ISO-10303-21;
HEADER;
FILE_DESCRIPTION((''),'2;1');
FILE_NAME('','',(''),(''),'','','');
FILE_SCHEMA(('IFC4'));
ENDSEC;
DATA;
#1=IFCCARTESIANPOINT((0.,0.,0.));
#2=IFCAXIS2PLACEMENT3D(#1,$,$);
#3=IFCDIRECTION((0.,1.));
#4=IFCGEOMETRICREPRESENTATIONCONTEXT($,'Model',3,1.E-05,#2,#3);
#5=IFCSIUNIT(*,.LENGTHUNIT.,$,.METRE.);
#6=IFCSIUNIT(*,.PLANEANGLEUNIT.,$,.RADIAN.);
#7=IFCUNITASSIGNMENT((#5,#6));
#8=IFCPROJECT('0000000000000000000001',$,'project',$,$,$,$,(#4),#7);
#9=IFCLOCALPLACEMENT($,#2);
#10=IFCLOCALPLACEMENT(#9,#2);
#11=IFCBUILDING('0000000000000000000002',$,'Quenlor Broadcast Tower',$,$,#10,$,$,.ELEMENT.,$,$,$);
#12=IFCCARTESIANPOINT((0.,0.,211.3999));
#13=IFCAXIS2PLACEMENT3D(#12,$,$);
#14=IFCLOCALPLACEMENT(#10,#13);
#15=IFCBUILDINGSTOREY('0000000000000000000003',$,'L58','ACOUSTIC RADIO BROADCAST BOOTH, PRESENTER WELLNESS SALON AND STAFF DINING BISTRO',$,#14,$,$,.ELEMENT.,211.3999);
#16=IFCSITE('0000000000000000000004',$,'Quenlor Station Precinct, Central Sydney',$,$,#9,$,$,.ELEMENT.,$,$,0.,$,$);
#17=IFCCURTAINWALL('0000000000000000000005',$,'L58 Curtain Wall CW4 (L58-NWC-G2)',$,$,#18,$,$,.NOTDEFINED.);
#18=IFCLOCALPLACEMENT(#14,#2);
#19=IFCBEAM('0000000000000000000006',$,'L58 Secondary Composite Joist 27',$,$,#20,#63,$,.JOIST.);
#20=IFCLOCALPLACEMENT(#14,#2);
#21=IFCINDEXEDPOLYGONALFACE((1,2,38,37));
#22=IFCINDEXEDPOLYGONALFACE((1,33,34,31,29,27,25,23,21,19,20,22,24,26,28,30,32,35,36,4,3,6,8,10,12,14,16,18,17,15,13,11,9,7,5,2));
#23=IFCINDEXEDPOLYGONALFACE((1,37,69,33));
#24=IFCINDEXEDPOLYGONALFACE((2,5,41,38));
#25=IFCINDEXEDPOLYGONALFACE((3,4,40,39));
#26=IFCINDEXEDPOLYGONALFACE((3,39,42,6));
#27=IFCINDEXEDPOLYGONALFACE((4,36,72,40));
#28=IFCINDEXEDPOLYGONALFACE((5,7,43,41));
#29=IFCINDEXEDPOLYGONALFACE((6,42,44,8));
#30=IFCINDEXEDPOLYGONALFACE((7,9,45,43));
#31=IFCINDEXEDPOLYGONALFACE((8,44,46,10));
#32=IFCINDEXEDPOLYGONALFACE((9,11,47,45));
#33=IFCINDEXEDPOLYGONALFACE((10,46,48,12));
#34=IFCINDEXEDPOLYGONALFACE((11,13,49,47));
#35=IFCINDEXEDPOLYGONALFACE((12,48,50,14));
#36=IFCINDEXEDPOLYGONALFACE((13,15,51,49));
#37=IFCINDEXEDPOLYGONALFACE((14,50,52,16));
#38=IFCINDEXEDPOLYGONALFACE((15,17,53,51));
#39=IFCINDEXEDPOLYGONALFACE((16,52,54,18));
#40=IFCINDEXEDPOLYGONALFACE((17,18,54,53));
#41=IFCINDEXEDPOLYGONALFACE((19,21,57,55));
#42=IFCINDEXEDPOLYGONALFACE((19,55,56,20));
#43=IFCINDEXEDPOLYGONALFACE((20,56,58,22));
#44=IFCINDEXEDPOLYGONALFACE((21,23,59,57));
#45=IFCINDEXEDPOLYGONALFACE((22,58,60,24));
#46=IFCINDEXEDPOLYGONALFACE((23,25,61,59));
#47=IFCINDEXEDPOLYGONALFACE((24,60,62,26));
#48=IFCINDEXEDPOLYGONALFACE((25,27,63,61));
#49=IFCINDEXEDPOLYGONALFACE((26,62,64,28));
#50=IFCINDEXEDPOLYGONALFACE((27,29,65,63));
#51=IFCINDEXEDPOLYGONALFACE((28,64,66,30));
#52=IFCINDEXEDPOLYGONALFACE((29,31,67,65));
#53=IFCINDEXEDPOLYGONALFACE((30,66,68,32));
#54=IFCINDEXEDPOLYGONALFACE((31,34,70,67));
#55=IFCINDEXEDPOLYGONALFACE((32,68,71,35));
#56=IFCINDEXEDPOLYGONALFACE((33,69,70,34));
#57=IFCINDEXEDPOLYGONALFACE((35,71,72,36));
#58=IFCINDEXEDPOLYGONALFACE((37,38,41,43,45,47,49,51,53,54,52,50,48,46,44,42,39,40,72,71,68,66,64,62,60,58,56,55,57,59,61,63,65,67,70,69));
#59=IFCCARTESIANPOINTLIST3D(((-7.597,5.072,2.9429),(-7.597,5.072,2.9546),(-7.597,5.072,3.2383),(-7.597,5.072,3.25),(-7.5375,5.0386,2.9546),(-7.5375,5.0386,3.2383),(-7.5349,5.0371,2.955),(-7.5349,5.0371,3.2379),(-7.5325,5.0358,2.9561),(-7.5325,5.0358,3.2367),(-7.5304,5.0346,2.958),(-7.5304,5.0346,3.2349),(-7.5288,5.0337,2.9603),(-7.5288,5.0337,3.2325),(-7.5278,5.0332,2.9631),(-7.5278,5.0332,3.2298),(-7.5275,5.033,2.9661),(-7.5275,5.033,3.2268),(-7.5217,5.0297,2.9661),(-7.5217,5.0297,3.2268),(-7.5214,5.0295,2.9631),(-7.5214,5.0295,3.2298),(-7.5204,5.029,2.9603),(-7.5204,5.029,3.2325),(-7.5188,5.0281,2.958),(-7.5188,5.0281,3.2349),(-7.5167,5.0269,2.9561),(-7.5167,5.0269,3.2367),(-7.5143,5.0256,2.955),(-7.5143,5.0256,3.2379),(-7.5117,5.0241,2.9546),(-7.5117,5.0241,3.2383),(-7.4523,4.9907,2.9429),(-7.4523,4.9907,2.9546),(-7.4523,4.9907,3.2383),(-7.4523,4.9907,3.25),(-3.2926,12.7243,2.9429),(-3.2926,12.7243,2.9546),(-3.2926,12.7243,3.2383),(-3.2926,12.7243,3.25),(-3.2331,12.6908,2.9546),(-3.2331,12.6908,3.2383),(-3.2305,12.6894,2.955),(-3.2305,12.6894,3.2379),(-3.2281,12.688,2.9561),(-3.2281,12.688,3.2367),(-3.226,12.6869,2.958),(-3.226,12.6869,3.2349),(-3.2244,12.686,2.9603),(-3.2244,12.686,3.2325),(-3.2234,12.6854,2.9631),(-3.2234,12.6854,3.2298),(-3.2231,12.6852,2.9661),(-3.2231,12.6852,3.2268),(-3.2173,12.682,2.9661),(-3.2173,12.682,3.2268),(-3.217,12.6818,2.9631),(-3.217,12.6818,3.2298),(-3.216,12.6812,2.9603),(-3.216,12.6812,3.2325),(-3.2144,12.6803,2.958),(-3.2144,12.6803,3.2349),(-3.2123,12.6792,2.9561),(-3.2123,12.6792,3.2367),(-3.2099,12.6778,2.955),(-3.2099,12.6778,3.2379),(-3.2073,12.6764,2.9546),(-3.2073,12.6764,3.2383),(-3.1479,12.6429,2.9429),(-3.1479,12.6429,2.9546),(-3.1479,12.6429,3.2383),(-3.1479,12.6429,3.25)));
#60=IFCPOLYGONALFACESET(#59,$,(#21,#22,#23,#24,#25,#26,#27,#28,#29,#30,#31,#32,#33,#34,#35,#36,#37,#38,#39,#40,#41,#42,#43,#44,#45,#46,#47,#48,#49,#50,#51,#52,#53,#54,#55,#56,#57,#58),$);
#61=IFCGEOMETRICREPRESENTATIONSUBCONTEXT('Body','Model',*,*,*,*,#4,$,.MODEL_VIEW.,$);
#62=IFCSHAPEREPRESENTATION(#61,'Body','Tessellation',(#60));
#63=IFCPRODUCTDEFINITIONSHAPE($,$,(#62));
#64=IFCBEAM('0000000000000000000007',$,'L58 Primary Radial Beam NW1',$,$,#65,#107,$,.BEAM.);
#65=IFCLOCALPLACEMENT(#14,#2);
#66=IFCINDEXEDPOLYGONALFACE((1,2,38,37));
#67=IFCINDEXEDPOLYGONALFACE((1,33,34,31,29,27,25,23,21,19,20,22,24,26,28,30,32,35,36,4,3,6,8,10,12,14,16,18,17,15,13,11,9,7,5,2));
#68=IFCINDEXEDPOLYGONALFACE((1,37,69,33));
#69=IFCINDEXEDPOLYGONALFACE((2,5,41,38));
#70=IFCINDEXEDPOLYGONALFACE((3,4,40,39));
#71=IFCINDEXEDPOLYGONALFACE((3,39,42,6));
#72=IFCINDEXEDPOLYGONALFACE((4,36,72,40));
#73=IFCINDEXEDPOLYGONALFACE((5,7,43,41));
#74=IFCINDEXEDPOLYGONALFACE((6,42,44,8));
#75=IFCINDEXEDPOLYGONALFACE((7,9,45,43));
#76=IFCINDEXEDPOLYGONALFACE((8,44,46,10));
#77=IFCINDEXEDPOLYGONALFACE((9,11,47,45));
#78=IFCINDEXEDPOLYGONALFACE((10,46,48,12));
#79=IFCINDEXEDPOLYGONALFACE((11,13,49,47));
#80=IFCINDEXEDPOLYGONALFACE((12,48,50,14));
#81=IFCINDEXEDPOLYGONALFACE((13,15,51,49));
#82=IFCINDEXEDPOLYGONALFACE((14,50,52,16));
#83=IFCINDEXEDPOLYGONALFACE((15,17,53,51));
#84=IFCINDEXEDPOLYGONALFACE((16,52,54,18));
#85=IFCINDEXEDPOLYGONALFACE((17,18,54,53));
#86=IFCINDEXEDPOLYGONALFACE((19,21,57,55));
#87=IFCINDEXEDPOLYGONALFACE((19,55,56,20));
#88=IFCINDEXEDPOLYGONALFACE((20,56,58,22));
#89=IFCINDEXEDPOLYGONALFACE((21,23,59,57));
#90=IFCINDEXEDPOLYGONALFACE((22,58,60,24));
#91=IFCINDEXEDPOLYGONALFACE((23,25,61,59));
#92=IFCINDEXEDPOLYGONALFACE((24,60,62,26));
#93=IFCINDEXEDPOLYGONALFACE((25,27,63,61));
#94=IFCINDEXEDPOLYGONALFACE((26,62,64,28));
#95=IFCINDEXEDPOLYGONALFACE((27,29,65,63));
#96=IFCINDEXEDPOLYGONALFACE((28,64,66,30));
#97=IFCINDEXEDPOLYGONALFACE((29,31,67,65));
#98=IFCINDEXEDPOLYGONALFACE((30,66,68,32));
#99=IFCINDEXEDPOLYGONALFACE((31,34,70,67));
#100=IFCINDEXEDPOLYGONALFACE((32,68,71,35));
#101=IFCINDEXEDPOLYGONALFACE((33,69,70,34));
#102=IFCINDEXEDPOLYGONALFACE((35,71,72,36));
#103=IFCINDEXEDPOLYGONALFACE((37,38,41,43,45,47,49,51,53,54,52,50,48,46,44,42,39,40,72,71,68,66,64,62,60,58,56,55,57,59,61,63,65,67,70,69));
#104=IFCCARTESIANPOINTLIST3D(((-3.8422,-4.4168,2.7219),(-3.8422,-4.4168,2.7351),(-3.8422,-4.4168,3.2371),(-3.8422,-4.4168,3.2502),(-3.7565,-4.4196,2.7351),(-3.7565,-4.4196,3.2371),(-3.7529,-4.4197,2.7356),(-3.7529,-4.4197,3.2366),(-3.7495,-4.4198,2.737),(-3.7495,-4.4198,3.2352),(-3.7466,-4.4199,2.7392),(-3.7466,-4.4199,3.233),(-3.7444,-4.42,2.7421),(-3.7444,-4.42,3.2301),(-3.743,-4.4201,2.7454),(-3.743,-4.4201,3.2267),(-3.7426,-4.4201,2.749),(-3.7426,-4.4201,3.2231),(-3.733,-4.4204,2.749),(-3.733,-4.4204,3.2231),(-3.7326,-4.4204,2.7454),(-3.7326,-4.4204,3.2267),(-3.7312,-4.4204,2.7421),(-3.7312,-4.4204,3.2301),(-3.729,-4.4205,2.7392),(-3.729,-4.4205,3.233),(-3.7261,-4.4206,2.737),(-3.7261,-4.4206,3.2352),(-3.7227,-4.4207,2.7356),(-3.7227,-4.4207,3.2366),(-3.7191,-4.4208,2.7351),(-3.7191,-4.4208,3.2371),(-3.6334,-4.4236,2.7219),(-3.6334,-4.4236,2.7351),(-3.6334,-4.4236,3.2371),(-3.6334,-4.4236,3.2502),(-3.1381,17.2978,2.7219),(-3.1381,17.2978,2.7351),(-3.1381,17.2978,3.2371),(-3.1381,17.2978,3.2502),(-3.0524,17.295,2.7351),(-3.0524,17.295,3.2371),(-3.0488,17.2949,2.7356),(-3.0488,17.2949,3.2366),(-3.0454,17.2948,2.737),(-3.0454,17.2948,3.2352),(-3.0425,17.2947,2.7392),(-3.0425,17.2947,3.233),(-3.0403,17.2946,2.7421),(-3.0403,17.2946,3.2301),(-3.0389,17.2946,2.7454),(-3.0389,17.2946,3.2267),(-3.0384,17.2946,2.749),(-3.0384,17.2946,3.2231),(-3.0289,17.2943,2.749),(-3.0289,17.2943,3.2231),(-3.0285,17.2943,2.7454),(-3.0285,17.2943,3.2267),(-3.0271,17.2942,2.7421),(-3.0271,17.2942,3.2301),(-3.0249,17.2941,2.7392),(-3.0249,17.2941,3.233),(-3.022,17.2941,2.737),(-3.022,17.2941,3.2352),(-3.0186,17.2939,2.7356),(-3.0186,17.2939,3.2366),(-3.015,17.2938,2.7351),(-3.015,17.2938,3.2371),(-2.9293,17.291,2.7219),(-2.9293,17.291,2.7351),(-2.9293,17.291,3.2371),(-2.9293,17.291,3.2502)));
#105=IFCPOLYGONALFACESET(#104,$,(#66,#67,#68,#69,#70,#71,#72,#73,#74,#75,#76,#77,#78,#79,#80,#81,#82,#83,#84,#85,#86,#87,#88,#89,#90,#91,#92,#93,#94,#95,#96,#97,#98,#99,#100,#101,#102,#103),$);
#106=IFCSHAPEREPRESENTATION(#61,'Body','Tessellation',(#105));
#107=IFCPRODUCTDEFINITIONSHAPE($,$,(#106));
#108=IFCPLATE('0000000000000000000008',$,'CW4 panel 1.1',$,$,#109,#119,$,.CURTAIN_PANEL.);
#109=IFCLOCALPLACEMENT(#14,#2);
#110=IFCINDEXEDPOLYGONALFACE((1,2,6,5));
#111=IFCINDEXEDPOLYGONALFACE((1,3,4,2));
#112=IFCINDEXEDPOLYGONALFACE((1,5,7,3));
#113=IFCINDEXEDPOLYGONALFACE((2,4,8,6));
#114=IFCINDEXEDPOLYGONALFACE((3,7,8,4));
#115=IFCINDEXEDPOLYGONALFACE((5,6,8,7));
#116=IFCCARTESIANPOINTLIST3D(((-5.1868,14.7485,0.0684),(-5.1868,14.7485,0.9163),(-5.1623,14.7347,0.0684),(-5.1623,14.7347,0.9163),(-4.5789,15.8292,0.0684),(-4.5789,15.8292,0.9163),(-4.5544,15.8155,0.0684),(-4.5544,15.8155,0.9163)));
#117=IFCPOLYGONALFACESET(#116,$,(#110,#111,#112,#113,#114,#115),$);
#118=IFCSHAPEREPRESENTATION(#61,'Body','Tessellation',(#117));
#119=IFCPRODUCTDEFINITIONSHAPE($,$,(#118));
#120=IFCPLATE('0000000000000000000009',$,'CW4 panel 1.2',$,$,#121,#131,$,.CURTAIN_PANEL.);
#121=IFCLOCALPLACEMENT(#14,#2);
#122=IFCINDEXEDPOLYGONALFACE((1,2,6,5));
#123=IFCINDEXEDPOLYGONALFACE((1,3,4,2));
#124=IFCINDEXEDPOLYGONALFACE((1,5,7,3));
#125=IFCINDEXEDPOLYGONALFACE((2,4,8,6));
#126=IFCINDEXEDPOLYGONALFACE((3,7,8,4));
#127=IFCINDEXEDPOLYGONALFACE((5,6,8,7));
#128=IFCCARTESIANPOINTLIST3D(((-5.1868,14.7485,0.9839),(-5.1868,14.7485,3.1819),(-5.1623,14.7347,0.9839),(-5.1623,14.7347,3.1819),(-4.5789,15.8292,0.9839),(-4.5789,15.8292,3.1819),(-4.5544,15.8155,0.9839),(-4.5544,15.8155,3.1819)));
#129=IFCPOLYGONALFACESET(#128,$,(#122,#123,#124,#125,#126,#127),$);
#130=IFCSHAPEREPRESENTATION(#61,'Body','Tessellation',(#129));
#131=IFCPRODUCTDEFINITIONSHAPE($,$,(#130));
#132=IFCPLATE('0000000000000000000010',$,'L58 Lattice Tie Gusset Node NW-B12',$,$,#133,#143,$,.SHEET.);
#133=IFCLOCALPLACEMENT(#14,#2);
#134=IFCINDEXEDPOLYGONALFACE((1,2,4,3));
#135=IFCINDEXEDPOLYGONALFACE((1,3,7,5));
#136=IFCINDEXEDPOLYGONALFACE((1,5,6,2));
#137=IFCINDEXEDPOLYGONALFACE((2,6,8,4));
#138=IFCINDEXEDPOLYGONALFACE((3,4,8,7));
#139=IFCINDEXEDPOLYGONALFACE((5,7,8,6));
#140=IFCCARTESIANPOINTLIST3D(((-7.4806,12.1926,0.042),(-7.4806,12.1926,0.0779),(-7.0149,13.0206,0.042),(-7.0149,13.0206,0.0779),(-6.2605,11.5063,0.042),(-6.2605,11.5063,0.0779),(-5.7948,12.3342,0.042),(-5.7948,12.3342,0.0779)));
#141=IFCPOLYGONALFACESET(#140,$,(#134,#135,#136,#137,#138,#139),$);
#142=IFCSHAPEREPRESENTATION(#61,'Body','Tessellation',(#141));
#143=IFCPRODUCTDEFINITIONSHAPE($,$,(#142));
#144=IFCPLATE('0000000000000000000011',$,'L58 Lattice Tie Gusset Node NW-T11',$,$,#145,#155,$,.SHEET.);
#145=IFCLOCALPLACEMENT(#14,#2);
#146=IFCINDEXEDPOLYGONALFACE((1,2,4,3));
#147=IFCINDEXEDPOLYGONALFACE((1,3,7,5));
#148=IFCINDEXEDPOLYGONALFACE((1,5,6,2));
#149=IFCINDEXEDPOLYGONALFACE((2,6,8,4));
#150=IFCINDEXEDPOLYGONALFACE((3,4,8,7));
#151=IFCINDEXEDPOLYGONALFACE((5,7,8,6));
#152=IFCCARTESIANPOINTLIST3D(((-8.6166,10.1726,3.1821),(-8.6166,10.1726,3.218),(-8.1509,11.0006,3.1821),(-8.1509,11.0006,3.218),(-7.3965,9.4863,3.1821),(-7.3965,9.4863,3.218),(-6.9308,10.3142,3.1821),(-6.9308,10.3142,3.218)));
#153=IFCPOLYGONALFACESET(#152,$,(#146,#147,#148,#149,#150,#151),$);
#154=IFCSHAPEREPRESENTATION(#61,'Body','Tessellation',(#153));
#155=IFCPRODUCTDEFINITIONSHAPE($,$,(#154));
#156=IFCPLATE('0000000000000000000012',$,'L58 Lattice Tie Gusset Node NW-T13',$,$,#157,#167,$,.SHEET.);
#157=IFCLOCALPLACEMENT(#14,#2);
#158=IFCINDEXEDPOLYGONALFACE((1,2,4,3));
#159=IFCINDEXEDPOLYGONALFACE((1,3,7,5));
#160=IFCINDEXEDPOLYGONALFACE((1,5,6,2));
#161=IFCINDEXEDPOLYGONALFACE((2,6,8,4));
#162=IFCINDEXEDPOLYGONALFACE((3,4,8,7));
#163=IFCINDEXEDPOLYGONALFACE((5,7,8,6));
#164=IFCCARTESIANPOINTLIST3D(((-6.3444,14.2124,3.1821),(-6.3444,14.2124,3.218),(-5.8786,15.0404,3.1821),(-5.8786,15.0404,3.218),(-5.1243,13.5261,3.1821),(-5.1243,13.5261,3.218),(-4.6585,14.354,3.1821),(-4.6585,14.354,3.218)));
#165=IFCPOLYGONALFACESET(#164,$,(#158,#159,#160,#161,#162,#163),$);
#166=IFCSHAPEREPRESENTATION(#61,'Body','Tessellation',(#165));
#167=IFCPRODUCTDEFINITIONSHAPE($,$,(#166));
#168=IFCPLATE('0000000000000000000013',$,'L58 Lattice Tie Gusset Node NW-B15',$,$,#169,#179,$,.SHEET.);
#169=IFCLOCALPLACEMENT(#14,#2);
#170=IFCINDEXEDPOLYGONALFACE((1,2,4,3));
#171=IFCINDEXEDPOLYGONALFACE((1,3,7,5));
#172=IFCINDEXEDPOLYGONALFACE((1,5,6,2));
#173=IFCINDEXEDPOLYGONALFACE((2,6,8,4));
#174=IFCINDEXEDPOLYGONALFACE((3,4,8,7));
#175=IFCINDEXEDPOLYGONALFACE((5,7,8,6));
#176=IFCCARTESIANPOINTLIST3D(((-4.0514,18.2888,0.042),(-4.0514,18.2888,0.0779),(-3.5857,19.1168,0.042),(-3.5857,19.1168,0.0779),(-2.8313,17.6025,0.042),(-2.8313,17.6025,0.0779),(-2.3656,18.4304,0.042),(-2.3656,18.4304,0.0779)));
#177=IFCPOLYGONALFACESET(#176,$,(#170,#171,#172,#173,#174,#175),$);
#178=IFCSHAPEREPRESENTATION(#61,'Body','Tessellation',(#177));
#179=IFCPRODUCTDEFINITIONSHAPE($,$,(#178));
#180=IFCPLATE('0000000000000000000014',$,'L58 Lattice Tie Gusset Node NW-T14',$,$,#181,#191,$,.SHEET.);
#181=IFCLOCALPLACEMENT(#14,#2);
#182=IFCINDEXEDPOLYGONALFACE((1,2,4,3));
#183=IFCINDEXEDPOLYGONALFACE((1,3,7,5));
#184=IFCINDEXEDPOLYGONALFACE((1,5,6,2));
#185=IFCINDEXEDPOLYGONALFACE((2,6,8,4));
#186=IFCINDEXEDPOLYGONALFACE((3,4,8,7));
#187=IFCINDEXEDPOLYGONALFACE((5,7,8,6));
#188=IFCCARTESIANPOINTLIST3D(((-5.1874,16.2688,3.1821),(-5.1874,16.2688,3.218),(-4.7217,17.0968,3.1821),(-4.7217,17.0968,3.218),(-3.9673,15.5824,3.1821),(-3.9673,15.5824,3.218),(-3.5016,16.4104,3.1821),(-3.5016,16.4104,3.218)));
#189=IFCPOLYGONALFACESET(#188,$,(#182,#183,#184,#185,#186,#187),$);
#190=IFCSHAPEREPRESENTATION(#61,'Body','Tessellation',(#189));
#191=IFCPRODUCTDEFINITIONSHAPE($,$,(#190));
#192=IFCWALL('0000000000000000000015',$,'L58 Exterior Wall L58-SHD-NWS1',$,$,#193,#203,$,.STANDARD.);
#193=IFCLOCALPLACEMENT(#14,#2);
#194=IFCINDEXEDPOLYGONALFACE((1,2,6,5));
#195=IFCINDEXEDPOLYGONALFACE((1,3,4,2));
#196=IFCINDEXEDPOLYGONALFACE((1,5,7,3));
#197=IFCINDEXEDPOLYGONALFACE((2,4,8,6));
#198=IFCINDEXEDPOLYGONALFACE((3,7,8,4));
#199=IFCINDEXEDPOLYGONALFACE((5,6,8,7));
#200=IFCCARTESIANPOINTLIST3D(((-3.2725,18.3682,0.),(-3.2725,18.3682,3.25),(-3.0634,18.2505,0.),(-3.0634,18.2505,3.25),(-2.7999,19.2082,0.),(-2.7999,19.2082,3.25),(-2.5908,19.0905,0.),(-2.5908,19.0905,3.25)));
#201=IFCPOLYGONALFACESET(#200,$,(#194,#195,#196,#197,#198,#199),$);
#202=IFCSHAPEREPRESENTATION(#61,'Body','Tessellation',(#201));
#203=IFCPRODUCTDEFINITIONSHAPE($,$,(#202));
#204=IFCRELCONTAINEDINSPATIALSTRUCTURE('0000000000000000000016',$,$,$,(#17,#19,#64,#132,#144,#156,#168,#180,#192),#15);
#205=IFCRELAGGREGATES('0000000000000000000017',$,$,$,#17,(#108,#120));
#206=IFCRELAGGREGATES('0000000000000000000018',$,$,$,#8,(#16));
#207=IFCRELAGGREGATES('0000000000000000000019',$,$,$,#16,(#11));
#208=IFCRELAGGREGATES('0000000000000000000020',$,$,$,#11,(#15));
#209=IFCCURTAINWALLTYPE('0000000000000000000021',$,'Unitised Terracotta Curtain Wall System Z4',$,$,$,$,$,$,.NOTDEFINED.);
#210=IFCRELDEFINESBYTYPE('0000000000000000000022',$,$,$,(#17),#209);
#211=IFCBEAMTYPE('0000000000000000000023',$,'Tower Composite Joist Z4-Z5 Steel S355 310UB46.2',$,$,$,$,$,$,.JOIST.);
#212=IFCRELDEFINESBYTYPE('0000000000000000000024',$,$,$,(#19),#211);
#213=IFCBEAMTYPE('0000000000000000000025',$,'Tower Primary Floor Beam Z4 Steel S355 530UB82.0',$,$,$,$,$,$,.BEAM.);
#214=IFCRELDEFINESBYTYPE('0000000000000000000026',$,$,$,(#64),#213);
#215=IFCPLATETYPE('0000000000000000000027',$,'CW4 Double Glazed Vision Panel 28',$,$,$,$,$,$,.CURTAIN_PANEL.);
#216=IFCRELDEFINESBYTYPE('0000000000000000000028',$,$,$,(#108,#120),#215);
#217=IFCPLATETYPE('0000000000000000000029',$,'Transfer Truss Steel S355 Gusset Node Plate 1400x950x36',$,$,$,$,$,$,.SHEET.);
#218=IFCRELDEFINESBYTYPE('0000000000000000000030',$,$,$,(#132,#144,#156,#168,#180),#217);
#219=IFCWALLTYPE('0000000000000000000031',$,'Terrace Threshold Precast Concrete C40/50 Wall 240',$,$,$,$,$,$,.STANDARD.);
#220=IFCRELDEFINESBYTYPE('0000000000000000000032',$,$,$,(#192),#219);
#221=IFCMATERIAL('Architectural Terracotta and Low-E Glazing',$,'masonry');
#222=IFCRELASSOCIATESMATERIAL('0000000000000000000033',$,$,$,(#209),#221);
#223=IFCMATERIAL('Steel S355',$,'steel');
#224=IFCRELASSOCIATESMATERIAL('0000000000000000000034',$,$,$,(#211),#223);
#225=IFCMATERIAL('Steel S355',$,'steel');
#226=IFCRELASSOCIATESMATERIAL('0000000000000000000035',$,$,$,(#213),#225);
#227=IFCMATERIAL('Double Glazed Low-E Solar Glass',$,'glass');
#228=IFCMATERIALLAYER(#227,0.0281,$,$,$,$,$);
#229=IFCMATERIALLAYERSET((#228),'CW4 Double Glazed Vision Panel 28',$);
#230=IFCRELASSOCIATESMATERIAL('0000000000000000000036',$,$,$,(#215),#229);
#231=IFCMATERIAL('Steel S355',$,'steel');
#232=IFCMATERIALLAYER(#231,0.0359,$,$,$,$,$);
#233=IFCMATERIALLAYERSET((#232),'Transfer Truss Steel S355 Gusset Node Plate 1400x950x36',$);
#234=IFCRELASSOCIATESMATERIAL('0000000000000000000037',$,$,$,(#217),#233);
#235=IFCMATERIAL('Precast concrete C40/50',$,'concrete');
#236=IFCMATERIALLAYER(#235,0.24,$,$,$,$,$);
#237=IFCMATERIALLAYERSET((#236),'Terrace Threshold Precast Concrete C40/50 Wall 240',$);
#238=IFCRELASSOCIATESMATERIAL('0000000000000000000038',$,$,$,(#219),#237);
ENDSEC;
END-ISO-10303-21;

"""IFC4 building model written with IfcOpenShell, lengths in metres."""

from ifc_helpers import new_model, si_unit, direction, frame, frame_2d, origin, origin_2d, place, context, subcontext, project, spatial, rectangle, i_section, extrude, material, layer, layer_set, material_profile, profile_set, type_object, element, aggregate, save


model = new_model("IFC4")

# Units and contexts
model_context = context("Model", 3, precision=1e-05, world=origin(), true_north=direction((0.0, 1.0)))
body_context = subcontext(model_context, "Body", "Model", "MODEL_VIEW")
ifc_project = project(units=[si_unit("LENGTHUNIT", "METRE"), si_unit("PLANEANGLEUNIT", "RADIAN")], contexts=[model_context])

# Site, building, storey
site_placement = place(None, origin())
site = spatial("IfcSite", under=ifc_project, at=site_placement, Name="Quenlor Station Precinct, Central Sydney", CompositionType="ELEMENT", RefElevation=0.0)
building_placement = place(site_placement, origin())
building = spatial("IfcBuilding", under=site, at=building_placement, Name="Quenlor Broadcast Tower", CompositionType="ELEMENT")
storey_placement = place(building_placement, frame((0.0, 0.0, 211.3999)))
storey = spatial("IfcBuildingStorey", under=building, at=storey_placement, Name="L58", Description="ACOUSTIC RADIO BROADCAST BOOTH, PRESENTER WELLNESS SALON AND STAFF DINING BISTRO", CompositionType="ELEMENT", Elevation=211.3999)

# Curtain wall
ifc_material_1 = material(Name="Architectural Terracotta and Low-E Glazing", Category="masonry")
curtain_wall_type = type_object("IfcCurtainWallType", Name="Unitised Terracotta Curtain Wall System Z4", PredefinedType="NOTDEFINED", material=ifc_material_1)
curtain_wall_placement = place(storey_placement, origin())
curtain_wall = element("IfcCurtainWall", 1, at=curtain_wall_placement, inside=storey, type_object=curtain_wall_type, Name="L58 Curtain Wall CW4 (L58-NWC-G2)", PredefinedType="NOTDEFINED")

# Beams
ifc_material_2 = material(Name="Steel S355", Category="steel")
ifc_material_profile_1 = material_profile(ifc_material_2, i_section(OverallWidth=0.166, OverallDepth=0.3071, WebThickness=0.0066, FlangeThickness=0.0117, FilletRadius=0.0115, at=origin_2d()))
ifc_profile_set_1 = profile_set([ifc_material_profile_1], Name="Steel S355 310UB46.2")
beam_type_1 = type_object("IfcBeamType", Name="Tower Composite Joist Z4-Z5 Steel S355 310UB46.2", PredefinedType="JOIST", material=ifc_profile_set_1)
beam_1_placement = place(storey_placement, frame((-3.2202, 12.6836, 3.0964), z_axis=(-0.490261, -0.871576, 0.0), x_axis=(0.871576, -0.490261, 0.0)))
element("IfcBeam", 2, at=beam_1_placement, inside=storey, type_object=beam_type_1, Name="L58 Secondary Composite Joist 27", PredefinedType="JOIST", context=body_context, shape_type="SweptSolid", body=[
    extrude(i_section(OverallWidth=0.166, OverallDepth=0.3071, WebThickness=0.0066, FlangeThickness=0.0117, FilletRadius=0.0115, at=origin_2d()), origin(), (0.0, 0.0, 1.0), 8.7798),
])
ifc_material_3 = material(Name="Steel S355", Category="steel")
ifc_material_profile_2 = material_profile(ifc_material_3, i_section(OverallWidth=0.209, OverallDepth=0.5283, WebThickness=0.0095, FlangeThickness=0.0132, FilletRadius=0.0139, at=origin_2d()))
ifc_profile_set_2 = profile_set([ifc_material_profile_2], Name="Steel S355 530UB82.0")
beam_type_2 = type_object("IfcBeamType", Name="Tower Primary Floor Beam Z4 Steel S355 530UB82.0", PredefinedType="BEAM", material=ifc_profile_set_2)
beam_2_placement = place(storey_placement, frame((-3.0337, 17.2944, 2.9861), z_axis=(-0.032408, -0.999475, 0.0), x_axis=(0.999475, -0.032408, 0.0)))
element("IfcBeam", 3, at=beam_2_placement, inside=storey, type_object=beam_type_2, Name="L58 Primary Radial Beam NW1", PredefinedType="BEAM", context=body_context, shape_type="SweptSolid", body=[
    extrude(i_section(OverallWidth=0.209, OverallDepth=0.5283, WebThickness=0.0095, FlangeThickness=0.0132, FilletRadius=0.0139, at=origin_2d()), origin(), (0.0, 0.0, 1.0), 21.7261),
])

# Plates
ifc_material_4 = material(Name="Double Glazed Low-E Solar Glass", Category="glass")
ifc_layer_1 = layer(ifc_material_4, 0.0281)
ifc_layer_set_1 = layer_set([ifc_layer_1], Name="CW4 Double Glazed Vision Panel 28")
plate_type_1 = type_object("IfcPlateType", Name="CW4 Double Glazed Vision Panel 28", PredefinedType="CURTAIN_PANEL", material=ifc_layer_set_1)
plate_1_placement = place(storey_placement, frame((-4.8706, 15.282, 0.0684), z_axis=(0.0, 0.0, 1.0), x_axis=(0.490289, 0.87156, 0.0)))
plate_1 = element("IfcPlate", 4, at=plate_1_placement, type_object=plate_type_1, Name="CW4 panel 1.1", PredefinedType="CURTAIN_PANEL", context=body_context, shape_type="SweptSolid", body=[
    extrude(rectangle(XDim=1.24, YDim=0.0281, at=origin_2d()), origin(), (0.0, 0.0, 1.0), 0.8479),
])
plate_2_placement = place(storey_placement, frame((-4.8706, 15.282, 0.9839), z_axis=(0.0, 0.0, 1.0), x_axis=(0.490289, 0.87156, 0.0)))
plate_2 = element("IfcPlate", 5, at=plate_2_placement, type_object=plate_type_1, Name="CW4 panel 1.2", PredefinedType="CURTAIN_PANEL", context=body_context, shape_type="SweptSolid", body=[
    extrude(rectangle(XDim=1.24, YDim=0.0281, at=origin_2d()), origin(), (0.0, 0.0, 1.0), 2.198),
])
aggregate(curtain_wall, [plate_1, plate_2])

# Plates
ifc_material_5 = material(Name="Steel S355", Category="steel")
ifc_layer_2 = layer(ifc_material_5, 0.0359)
ifc_layer_set_2 = layer_set([ifc_layer_2], Name="Transfer Truss Steel S355 Gusset Node Plate 1400x950x36")
plate_type_2 = type_object("IfcPlateType", Name="Transfer Truss Steel S355 Gusset Node Plate 1400x950x36", PredefinedType="SHEET", material=ifc_layer_set_2)
for number, where, z_axis, x_axis, name in (
    (6, (-6.6377, 12.2634, 0.042), (0.0, 0.0, 1.0), (-0.871556, 0.490295, 0.0), "L58 Lattice Tie Gusset Node NW-B12"),
    (7, (-7.7737, 10.2434, 3.1821), (0.0, 0.0, 1.0), (-0.871556, 0.490295, 0.0), "L58 Lattice Tie Gusset Node NW-T11"),
    (8, (-5.5015, 14.2832, 3.1821), (0.0, 0.0, 1.0), (-0.871556, 0.490295, 0.0), "L58 Lattice Tie Gusset Node NW-T13"),
    (9, (-3.2085, 18.3596, 0.042), (0.0, 0.0, 1.0), (-0.871556, 0.490295, 0.0), "L58 Lattice Tie Gusset Node NW-B15"),
    (10, (-4.3445, 16.3396, 3.1821), (0.0, 0.0, 1.0), (-0.871556, 0.490295, 0.0), "L58 Lattice Tie Gusset Node NW-T14"),
):
    element("IfcPlate", number, at=place(storey_placement, frame(where, z_axis=z_axis, x_axis=x_axis)), inside=storey, type_object=plate_type_2, Name=name, PredefinedType="SHEET", context=body_context, shape_type="SweptSolid", body=[
        extrude(rectangle(XDim=1.3999, YDim=0.95, at=origin_2d()), origin(), (0.0, 0.0, 1.0), 0.0359),
    ])

# Wall
ifc_material_6 = material(Name="Precast concrete C40/50", Category="concrete")
ifc_layer_3 = layer(ifc_material_6, 0.24)
ifc_layer_set_3 = layer_set([ifc_layer_3], Name="Terrace Threshold Precast Concrete C40/50 Wall 240")
wall_type_1 = type_object("IfcWallType", Name="Terrace Threshold Precast Concrete C40/50 Wall 240", PredefinedType="STANDARD", material=ifc_layer_set_3)
wall_1_placement = place(storey_placement, frame((-3.168, 18.3093, 0.0), z_axis=(0.0, 0.0, 1.0), x_axis=(0.490345, 0.871528, 0.0)))
element("IfcWall", 11, at=wall_1_placement, inside=storey, type_object=wall_type_1, Name="L58 Exterior Wall L58-SHD-NWS1", PredefinedType="STANDARD", context=body_context, shape_type="SweptSolid", body=[
    extrude(rectangle(XDim=0.9639, YDim=0.24, at=frame_2d((0.4819, 0.0))), origin(), (0.0, 0.0, 1.0), 3.25),
])

save(model, "model.ifc")
